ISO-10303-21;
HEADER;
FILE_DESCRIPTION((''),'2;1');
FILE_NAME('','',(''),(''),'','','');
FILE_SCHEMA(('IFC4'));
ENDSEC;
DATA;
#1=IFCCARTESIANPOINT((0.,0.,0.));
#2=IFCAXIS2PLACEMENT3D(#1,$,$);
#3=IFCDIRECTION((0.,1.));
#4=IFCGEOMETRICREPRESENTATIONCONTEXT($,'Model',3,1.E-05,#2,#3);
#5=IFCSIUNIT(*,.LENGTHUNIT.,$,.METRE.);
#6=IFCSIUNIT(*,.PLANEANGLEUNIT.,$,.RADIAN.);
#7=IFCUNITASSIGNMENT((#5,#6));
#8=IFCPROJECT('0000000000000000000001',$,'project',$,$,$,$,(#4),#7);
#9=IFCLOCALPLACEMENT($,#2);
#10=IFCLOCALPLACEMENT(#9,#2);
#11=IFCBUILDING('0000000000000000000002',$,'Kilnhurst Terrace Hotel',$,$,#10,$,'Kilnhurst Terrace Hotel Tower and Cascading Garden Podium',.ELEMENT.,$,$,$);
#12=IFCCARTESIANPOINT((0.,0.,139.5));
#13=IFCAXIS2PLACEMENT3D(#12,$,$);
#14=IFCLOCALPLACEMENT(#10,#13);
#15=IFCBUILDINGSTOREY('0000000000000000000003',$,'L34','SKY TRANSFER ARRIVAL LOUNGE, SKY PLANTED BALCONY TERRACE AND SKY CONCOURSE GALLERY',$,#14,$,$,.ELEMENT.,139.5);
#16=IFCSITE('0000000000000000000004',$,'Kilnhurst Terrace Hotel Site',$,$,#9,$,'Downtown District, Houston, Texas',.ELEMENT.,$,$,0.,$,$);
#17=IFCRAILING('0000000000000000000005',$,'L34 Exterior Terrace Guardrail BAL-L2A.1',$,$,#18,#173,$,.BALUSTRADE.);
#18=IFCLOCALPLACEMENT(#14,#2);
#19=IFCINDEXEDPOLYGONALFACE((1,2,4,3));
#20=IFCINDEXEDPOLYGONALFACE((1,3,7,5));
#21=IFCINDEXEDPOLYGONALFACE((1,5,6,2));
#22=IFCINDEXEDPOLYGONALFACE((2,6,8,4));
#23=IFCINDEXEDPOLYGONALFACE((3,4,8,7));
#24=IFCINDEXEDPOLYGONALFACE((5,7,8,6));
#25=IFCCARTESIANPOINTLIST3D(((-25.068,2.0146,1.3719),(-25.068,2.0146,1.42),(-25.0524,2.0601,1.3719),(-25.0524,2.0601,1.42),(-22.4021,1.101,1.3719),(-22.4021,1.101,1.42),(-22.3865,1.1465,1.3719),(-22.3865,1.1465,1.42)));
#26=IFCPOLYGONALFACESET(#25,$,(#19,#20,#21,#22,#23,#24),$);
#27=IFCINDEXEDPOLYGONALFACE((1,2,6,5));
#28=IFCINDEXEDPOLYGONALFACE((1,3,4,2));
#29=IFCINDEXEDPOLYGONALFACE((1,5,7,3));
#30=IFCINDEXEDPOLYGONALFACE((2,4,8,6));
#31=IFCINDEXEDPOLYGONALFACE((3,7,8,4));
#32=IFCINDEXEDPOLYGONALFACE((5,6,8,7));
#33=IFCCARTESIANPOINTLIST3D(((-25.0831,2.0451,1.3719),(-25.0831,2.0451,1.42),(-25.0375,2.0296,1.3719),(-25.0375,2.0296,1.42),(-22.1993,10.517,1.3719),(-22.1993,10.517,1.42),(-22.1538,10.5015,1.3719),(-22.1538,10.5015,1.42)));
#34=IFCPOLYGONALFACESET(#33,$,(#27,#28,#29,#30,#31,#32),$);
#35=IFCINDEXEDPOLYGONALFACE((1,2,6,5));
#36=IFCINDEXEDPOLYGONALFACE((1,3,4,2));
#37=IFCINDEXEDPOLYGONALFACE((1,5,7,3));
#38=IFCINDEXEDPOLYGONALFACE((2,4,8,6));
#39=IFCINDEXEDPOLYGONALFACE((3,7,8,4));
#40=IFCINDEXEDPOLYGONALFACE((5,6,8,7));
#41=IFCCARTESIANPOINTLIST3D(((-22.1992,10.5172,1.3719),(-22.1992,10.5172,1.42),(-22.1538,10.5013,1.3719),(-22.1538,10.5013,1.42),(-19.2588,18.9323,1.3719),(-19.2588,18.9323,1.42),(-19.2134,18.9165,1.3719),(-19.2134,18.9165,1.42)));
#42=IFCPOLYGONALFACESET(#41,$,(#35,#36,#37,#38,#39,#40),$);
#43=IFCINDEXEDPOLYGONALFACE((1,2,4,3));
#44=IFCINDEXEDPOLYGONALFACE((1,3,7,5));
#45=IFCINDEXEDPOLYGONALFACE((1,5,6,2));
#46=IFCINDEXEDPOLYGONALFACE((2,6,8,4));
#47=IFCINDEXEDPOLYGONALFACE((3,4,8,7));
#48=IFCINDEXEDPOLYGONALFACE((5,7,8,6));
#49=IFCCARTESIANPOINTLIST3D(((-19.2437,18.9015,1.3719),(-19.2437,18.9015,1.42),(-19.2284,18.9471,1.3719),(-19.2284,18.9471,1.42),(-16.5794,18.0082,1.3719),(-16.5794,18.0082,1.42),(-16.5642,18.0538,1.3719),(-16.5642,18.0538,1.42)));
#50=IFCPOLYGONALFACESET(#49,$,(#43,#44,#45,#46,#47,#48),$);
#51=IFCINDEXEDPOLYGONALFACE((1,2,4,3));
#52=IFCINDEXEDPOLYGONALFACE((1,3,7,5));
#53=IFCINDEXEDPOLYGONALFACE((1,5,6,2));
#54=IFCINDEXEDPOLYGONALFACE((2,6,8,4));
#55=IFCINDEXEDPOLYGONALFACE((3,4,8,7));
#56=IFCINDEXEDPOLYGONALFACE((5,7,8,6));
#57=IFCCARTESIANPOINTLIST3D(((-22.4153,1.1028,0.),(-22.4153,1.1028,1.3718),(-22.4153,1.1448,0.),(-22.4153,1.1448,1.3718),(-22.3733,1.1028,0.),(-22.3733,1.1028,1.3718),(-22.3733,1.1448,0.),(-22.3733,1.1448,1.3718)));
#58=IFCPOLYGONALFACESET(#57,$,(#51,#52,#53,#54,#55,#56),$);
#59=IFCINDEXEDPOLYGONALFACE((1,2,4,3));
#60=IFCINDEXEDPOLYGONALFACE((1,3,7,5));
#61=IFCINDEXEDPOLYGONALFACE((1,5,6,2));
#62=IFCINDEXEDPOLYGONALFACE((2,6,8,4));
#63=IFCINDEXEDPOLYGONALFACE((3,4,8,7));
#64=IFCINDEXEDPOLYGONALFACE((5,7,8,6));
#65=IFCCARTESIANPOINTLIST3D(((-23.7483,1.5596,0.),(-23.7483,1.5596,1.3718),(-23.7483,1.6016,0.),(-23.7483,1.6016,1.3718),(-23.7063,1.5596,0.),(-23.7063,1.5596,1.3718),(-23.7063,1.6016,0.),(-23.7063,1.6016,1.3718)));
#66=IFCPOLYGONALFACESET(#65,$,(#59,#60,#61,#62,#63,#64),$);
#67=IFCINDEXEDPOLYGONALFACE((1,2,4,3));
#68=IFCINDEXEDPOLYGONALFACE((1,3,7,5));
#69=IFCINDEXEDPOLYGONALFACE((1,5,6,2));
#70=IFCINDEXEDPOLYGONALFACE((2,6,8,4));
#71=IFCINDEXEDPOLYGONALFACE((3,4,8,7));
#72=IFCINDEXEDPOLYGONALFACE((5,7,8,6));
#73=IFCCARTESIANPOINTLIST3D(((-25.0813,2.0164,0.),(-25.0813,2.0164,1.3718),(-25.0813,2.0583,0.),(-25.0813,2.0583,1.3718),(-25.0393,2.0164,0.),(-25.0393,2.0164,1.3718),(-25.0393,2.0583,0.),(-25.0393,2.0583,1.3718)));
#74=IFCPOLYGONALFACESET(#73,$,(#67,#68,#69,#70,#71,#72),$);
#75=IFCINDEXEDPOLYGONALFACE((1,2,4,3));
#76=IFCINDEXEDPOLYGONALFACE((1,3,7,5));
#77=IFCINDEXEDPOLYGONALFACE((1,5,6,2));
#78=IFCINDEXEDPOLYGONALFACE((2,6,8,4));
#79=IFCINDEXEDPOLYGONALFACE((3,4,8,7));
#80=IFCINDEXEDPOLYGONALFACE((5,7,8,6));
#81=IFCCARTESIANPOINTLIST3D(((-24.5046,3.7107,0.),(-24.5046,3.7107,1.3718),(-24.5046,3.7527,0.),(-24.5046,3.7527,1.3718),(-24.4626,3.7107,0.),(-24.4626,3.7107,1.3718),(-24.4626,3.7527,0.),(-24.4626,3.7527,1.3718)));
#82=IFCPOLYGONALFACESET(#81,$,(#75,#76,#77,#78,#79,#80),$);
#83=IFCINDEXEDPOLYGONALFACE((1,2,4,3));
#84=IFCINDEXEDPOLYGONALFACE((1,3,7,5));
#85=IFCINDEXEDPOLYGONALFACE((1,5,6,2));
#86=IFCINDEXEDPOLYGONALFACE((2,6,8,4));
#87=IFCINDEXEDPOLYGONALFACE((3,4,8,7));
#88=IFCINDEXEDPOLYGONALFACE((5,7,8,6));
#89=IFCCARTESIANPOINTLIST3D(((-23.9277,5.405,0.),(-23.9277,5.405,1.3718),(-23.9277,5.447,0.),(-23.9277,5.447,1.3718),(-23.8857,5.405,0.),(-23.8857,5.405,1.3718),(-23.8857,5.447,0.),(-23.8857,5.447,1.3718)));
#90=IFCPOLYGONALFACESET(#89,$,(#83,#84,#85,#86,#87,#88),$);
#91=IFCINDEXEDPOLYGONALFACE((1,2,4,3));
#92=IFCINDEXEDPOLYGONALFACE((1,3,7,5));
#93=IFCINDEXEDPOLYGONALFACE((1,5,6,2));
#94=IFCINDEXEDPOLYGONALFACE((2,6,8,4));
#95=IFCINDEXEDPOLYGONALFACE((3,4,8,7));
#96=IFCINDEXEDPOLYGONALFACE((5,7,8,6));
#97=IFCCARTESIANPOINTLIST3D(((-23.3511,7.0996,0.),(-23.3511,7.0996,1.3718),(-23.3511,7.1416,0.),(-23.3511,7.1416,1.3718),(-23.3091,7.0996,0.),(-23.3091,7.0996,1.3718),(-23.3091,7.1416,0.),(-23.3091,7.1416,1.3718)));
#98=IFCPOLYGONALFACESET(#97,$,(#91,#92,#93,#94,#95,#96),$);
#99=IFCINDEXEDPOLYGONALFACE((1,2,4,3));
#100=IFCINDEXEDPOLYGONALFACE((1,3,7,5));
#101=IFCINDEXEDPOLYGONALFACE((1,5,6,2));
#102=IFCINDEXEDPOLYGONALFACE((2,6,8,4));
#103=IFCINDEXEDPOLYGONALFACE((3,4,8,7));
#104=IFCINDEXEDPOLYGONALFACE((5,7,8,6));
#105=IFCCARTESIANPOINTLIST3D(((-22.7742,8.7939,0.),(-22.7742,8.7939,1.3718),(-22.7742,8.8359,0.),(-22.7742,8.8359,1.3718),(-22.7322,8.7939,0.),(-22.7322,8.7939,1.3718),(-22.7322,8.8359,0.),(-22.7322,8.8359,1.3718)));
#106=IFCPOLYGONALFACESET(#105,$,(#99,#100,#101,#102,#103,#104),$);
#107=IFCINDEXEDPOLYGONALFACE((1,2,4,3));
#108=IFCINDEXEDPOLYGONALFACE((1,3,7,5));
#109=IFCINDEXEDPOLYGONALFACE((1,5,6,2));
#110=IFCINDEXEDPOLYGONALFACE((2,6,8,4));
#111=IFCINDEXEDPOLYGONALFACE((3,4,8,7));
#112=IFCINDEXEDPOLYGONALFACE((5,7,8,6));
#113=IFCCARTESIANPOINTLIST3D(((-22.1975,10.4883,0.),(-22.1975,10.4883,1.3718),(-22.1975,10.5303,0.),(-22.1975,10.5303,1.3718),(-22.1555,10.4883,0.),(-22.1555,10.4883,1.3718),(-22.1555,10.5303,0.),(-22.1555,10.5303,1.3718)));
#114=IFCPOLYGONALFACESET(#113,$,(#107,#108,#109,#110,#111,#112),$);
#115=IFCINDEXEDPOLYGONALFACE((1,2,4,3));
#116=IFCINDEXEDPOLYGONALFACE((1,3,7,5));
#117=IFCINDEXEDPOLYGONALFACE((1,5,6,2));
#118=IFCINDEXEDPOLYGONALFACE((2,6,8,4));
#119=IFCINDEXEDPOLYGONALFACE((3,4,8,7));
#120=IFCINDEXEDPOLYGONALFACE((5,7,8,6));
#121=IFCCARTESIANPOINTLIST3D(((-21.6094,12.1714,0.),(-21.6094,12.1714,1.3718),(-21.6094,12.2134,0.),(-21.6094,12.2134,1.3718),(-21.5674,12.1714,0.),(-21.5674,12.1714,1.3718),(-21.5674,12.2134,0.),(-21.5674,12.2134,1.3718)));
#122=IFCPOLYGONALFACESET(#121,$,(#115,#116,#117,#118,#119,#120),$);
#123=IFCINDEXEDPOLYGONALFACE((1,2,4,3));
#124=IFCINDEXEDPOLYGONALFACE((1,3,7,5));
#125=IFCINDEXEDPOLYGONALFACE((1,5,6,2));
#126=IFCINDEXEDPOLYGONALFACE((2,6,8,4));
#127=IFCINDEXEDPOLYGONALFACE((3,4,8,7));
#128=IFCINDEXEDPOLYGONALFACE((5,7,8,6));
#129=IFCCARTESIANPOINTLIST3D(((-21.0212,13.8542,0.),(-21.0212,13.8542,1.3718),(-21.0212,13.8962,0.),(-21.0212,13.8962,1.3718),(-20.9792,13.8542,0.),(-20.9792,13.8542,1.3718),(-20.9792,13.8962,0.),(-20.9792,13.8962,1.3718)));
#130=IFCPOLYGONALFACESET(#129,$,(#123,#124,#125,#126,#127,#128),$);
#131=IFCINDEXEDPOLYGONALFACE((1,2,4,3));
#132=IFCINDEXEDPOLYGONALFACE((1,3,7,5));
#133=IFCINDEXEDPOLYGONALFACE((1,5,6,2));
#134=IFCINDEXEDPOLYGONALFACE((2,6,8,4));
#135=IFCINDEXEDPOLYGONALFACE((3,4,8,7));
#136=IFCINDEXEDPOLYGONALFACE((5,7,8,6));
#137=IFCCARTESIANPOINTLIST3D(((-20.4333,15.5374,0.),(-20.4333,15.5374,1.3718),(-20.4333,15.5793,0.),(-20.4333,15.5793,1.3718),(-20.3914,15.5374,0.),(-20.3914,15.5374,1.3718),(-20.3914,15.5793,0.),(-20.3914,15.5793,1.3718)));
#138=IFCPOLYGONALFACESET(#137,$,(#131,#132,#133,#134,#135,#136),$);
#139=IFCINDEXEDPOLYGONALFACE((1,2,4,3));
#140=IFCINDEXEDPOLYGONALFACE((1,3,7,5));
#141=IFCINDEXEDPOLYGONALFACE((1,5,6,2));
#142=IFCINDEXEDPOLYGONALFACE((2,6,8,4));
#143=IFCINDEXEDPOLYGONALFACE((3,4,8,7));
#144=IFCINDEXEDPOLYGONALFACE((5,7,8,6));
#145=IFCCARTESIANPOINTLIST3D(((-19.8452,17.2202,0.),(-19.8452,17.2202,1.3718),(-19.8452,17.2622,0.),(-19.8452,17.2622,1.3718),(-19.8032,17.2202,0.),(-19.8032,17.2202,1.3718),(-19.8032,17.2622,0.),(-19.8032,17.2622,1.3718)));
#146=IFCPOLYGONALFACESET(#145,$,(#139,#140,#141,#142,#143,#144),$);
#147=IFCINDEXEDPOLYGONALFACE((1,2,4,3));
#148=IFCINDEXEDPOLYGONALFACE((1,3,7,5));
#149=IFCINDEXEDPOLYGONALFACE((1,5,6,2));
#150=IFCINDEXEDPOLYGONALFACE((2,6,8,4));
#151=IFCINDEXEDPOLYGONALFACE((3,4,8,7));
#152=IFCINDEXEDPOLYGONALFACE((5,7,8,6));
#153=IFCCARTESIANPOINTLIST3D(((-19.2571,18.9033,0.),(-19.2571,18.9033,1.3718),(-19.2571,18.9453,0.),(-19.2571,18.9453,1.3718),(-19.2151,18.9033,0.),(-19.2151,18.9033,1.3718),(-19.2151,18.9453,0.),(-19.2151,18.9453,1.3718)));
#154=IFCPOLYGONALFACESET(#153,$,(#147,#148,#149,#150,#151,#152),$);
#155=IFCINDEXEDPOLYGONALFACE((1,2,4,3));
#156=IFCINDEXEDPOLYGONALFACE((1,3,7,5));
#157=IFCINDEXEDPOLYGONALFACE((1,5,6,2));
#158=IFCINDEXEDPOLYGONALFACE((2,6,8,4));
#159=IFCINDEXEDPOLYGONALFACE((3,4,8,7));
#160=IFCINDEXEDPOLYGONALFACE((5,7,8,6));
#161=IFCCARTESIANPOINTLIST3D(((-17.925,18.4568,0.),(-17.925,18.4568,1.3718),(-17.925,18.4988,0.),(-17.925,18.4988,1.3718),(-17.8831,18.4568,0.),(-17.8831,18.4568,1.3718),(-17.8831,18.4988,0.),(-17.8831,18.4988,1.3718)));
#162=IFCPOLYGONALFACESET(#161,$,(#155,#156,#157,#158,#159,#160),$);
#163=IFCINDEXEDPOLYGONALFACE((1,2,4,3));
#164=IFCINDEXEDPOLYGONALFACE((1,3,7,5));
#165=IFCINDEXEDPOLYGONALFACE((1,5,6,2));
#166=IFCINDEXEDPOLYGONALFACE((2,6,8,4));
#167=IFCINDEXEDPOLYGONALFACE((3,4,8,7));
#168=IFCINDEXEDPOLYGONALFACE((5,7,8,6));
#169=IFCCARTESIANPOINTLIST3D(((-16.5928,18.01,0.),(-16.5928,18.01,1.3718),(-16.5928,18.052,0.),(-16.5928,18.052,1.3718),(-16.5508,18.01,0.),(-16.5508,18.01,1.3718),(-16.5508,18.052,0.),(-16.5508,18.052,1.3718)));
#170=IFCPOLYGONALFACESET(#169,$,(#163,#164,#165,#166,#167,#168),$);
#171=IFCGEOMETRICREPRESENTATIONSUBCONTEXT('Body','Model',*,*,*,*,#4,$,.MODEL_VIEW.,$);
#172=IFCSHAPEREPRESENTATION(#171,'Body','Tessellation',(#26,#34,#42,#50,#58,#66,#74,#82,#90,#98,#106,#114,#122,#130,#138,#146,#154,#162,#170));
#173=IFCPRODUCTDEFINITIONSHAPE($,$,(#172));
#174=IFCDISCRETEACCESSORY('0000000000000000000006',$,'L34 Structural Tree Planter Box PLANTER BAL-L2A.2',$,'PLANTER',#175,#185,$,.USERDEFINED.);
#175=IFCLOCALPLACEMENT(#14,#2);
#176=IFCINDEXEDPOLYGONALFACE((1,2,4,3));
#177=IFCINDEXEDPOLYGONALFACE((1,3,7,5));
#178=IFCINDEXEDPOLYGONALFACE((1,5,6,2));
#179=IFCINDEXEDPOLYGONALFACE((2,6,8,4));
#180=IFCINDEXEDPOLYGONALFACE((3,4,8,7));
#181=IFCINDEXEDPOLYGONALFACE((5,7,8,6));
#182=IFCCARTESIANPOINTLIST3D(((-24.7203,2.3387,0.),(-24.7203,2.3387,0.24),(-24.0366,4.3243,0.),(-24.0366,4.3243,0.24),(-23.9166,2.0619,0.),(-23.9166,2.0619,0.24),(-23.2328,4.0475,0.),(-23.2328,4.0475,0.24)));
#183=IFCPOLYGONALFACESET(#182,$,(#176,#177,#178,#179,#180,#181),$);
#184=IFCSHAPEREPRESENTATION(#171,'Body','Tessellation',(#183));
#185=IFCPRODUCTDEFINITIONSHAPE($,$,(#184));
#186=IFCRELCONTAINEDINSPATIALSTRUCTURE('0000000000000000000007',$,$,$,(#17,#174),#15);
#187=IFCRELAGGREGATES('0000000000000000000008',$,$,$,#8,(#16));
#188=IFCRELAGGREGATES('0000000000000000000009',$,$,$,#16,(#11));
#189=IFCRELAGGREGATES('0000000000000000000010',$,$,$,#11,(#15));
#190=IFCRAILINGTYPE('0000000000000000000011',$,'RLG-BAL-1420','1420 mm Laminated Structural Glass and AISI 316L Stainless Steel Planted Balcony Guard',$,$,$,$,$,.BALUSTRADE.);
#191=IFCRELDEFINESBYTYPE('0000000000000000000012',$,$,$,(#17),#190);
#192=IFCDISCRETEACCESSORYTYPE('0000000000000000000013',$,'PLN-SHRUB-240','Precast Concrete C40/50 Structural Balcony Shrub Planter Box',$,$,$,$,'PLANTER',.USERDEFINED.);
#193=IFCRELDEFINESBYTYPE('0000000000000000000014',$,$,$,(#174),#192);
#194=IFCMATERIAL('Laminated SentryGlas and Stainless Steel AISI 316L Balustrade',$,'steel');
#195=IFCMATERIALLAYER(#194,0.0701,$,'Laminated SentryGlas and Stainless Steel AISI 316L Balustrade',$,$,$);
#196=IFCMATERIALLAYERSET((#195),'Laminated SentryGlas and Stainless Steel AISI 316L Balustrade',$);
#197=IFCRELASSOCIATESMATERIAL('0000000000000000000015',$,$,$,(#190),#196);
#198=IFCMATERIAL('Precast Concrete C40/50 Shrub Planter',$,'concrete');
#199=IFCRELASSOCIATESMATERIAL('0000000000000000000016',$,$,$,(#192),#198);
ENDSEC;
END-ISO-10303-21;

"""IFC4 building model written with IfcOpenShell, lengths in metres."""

from ifc_helpers import new_model, si_unit, direction, frame, origin, origin_2d, place, context, subcontext, project, spatial, rectangle, extrude, material, layer, layer_set, type_object, element, save


model = new_model("IFC4")

# Units and contexts
model_context = context("Model", 3, precision=1e-05, world=origin(), true_north=direction((0.0, 1.0)))
body_context = subcontext(model_context, "Body", "Model", "MODEL_VIEW")
ifc_project = project(units=[si_unit("LENGTHUNIT", "METRE"), si_unit("PLANEANGLEUNIT", "RADIAN")], contexts=[model_context])

# Site, building, storey
site_placement = place(None, origin())
site = spatial("IfcSite", under=ifc_project, at=site_placement, Name="Kilnhurst Terrace Hotel Site", LongName="Downtown District, Houston, Texas", CompositionType="ELEMENT", RefElevation=0.0)
building_placement = place(site_placement, origin())
building = spatial("IfcBuilding", under=site, at=building_placement, Name="Kilnhurst Terrace Hotel", LongName="Kilnhurst Terrace Hotel Tower and Cascading Garden Podium", CompositionType="ELEMENT")
storey_placement = place(building_placement, frame((0.0, 0.0, 139.5)))
storey = spatial("IfcBuildingStorey", under=building, at=storey_placement, Name="L34", Description="SKY TRANSFER ARRIVAL LOUNGE, SKY PLANTED BALCONY TERRACE AND SKY CONCOURSE GALLERY", CompositionType="ELEMENT", Elevation=139.5)

# Railing
ifc_material_1 = material(Name="Laminated SentryGlas and Stainless Steel AISI 316L Balustrade", Category="steel")
ifc_layer_1 = layer(ifc_material_1, 0.0701, Name="Laminated SentryGlas and Stainless Steel AISI 316L Balustrade")
ifc_layer_set_1 = layer_set([ifc_layer_1], Name="Laminated SentryGlas and Stainless Steel AISI 316L Balustrade")
railing_type = type_object("IfcRailingType", Name="RLG-BAL-1420", Description="1420 mm Laminated Structural Glass and AISI 316L Stainless Steel Planted Balcony Guard", PredefinedType="BALUSTRADE", material=ifc_layer_set_1)
railing_placement = place(storey_placement, frame((-22.3943, 1.1238, 0.0)))
element("IfcRailing", 1, at=railing_placement, inside=storey, type_object=railing_type, Name="L34 Exterior Terrace Guardrail BAL-L2A.1", PredefinedType="BALUSTRADE", context=body_context, shape_type="SweptSolid", body=[
    extrude(rectangle(XDim=0.0481, YDim=0.0481, at=origin_2d()), frame((0.0, 0.0, 1.396), z_axis=(-0.945999, 0.324169, 0.0), x_axis=(-0.324169, -0.945999, 0.0)), (0.0, 0.0, 1.0), 2.8181),
    extrude(rectangle(XDim=0.0481, YDim=0.0481, at=origin_2d()), frame((-2.666, 0.9136, 1.396), z_axis=(0.322237, 0.946659, 0.0), x_axis=(-0.946659, 0.322237, 0.0)), (0.0, 0.0, 1.0), 8.9492),
    extrude(rectangle(XDim=0.0481, YDim=0.0481, at=origin_2d()), frame((0.2178, 9.3855, 1.396), z_axis=(0.329867, 0.944027, 0.0), x_axis=(-0.944027, 0.329867, 0.0)), (0.0, 0.0, 1.0), 8.9141),
    extrude(rectangle(XDim=0.0481, YDim=0.0481, at=origin_2d()), frame((3.1582, 17.8005, 1.396), z_axis=(0.948126, -0.317895, 0.0), x_axis=(0.317895, 0.948126, 0.0)), (0.0, 0.0, 1.0), 2.8101),
    extrude(rectangle(XDim=0.042, YDim=0.042, at=origin_2d()), origin(), (0.0, 0.0, 1.0), 1.3718),
    extrude(rectangle(XDim=0.042, YDim=0.042, at=origin_2d()), frame((-1.333, 0.4568, 0.0)), (0.0, 0.0, 1.0), 1.3718),
    extrude(rectangle(XDim=0.042, YDim=0.042, at=origin_2d()), frame((-2.666, 0.9136, 0.0)), (0.0, 0.0, 1.0), 1.3718),
    extrude(rectangle(XDim=0.042, YDim=0.042, at=origin_2d()), frame((-2.0894, 2.6079, 0.0)), (0.0, 0.0, 1.0), 1.3718),
    extrude(rectangle(XDim=0.042, YDim=0.042, at=origin_2d()), frame((-1.5125, 4.3022, 0.0)), (0.0, 0.0, 1.0), 1.3718),
    extrude(rectangle(XDim=0.042, YDim=0.042, at=origin_2d()), frame((-0.9358, 5.9968, 0.0)), (0.0, 0.0, 1.0), 1.3718),
    extrude(rectangle(XDim=0.042, YDim=0.042, at=origin_2d()), frame((-0.3589, 7.6912, 0.0)), (0.0, 0.0, 1.0), 1.3718),
    extrude(rectangle(XDim=0.042, YDim=0.042, at=origin_2d()), frame((0.2178, 9.3855, 0.0)), (0.0, 0.0, 1.0), 1.3718),
    extrude(rectangle(XDim=0.042, YDim=0.042, at=origin_2d()), frame((0.8059, 11.0686, 0.0)), (0.0, 0.0, 1.0), 1.3718),
    extrude(rectangle(XDim=0.042, YDim=0.042, at=origin_2d()), frame((1.394, 12.7515, 0.0)), (0.0, 0.0, 1.0), 1.3718),
    extrude(rectangle(XDim=0.042, YDim=0.042, at=origin_2d()), frame((1.9819, 14.4346, 0.0)), (0.0, 0.0, 1.0), 1.3718),
    extrude(rectangle(XDim=0.042, YDim=0.042, at=origin_2d()), frame((2.5701, 16.1174, 0.0)), (0.0, 0.0, 1.0), 1.3718),
    extrude(rectangle(XDim=0.042, YDim=0.042, at=origin_2d()), frame((3.1582, 17.8005, 0.0)), (0.0, 0.0, 1.0), 1.3718),
    extrude(rectangle(XDim=0.042, YDim=0.042, at=origin_2d()), frame((4.4902, 17.354, 0.0)), (0.0, 0.0, 1.0), 1.3718),
    extrude(rectangle(XDim=0.042, YDim=0.042, at=origin_2d()), frame((5.8225, 16.9072, 0.0)), (0.0, 0.0, 1.0), 1.3718),
])

# Discrete accessory
ifc_material_2 = material(Name="Precast Concrete C40/50 Shrub Planter", Category="concrete")
discrete_accessory_type = type_object("IfcDiscreteAccessoryType", Name="PLN-SHRUB-240", Description="Precast Concrete C40/50 Structural Balcony Shrub Planter Box", ElementType="PLANTER", PredefinedType="USERDEFINED", material=ifc_material_2)
discrete_accessory_placement = place(storey_placement, frame((-23.9766, 3.1931, 0.0), z_axis=(0.0, 0.0, 1.0), x_axis=(-0.325601, -0.945507, 0.0)))
element("IfcDiscreteAccessory", 2, at=discrete_accessory_placement, inside=storey, type_object=discrete_accessory_type, Name="L34 Structural Tree Planter Box PLANTER BAL-L2A.2", ObjectType="PLANTER", PredefinedType="USERDEFINED", context=body_context, shape_type="SweptSolid", body=[
    extrude(rectangle(XDim=2.1001, YDim=0.8501, at=origin_2d()), origin(), (0.0, 0.0, 1.0), 0.24),
])

save(model, "model.ifc")
